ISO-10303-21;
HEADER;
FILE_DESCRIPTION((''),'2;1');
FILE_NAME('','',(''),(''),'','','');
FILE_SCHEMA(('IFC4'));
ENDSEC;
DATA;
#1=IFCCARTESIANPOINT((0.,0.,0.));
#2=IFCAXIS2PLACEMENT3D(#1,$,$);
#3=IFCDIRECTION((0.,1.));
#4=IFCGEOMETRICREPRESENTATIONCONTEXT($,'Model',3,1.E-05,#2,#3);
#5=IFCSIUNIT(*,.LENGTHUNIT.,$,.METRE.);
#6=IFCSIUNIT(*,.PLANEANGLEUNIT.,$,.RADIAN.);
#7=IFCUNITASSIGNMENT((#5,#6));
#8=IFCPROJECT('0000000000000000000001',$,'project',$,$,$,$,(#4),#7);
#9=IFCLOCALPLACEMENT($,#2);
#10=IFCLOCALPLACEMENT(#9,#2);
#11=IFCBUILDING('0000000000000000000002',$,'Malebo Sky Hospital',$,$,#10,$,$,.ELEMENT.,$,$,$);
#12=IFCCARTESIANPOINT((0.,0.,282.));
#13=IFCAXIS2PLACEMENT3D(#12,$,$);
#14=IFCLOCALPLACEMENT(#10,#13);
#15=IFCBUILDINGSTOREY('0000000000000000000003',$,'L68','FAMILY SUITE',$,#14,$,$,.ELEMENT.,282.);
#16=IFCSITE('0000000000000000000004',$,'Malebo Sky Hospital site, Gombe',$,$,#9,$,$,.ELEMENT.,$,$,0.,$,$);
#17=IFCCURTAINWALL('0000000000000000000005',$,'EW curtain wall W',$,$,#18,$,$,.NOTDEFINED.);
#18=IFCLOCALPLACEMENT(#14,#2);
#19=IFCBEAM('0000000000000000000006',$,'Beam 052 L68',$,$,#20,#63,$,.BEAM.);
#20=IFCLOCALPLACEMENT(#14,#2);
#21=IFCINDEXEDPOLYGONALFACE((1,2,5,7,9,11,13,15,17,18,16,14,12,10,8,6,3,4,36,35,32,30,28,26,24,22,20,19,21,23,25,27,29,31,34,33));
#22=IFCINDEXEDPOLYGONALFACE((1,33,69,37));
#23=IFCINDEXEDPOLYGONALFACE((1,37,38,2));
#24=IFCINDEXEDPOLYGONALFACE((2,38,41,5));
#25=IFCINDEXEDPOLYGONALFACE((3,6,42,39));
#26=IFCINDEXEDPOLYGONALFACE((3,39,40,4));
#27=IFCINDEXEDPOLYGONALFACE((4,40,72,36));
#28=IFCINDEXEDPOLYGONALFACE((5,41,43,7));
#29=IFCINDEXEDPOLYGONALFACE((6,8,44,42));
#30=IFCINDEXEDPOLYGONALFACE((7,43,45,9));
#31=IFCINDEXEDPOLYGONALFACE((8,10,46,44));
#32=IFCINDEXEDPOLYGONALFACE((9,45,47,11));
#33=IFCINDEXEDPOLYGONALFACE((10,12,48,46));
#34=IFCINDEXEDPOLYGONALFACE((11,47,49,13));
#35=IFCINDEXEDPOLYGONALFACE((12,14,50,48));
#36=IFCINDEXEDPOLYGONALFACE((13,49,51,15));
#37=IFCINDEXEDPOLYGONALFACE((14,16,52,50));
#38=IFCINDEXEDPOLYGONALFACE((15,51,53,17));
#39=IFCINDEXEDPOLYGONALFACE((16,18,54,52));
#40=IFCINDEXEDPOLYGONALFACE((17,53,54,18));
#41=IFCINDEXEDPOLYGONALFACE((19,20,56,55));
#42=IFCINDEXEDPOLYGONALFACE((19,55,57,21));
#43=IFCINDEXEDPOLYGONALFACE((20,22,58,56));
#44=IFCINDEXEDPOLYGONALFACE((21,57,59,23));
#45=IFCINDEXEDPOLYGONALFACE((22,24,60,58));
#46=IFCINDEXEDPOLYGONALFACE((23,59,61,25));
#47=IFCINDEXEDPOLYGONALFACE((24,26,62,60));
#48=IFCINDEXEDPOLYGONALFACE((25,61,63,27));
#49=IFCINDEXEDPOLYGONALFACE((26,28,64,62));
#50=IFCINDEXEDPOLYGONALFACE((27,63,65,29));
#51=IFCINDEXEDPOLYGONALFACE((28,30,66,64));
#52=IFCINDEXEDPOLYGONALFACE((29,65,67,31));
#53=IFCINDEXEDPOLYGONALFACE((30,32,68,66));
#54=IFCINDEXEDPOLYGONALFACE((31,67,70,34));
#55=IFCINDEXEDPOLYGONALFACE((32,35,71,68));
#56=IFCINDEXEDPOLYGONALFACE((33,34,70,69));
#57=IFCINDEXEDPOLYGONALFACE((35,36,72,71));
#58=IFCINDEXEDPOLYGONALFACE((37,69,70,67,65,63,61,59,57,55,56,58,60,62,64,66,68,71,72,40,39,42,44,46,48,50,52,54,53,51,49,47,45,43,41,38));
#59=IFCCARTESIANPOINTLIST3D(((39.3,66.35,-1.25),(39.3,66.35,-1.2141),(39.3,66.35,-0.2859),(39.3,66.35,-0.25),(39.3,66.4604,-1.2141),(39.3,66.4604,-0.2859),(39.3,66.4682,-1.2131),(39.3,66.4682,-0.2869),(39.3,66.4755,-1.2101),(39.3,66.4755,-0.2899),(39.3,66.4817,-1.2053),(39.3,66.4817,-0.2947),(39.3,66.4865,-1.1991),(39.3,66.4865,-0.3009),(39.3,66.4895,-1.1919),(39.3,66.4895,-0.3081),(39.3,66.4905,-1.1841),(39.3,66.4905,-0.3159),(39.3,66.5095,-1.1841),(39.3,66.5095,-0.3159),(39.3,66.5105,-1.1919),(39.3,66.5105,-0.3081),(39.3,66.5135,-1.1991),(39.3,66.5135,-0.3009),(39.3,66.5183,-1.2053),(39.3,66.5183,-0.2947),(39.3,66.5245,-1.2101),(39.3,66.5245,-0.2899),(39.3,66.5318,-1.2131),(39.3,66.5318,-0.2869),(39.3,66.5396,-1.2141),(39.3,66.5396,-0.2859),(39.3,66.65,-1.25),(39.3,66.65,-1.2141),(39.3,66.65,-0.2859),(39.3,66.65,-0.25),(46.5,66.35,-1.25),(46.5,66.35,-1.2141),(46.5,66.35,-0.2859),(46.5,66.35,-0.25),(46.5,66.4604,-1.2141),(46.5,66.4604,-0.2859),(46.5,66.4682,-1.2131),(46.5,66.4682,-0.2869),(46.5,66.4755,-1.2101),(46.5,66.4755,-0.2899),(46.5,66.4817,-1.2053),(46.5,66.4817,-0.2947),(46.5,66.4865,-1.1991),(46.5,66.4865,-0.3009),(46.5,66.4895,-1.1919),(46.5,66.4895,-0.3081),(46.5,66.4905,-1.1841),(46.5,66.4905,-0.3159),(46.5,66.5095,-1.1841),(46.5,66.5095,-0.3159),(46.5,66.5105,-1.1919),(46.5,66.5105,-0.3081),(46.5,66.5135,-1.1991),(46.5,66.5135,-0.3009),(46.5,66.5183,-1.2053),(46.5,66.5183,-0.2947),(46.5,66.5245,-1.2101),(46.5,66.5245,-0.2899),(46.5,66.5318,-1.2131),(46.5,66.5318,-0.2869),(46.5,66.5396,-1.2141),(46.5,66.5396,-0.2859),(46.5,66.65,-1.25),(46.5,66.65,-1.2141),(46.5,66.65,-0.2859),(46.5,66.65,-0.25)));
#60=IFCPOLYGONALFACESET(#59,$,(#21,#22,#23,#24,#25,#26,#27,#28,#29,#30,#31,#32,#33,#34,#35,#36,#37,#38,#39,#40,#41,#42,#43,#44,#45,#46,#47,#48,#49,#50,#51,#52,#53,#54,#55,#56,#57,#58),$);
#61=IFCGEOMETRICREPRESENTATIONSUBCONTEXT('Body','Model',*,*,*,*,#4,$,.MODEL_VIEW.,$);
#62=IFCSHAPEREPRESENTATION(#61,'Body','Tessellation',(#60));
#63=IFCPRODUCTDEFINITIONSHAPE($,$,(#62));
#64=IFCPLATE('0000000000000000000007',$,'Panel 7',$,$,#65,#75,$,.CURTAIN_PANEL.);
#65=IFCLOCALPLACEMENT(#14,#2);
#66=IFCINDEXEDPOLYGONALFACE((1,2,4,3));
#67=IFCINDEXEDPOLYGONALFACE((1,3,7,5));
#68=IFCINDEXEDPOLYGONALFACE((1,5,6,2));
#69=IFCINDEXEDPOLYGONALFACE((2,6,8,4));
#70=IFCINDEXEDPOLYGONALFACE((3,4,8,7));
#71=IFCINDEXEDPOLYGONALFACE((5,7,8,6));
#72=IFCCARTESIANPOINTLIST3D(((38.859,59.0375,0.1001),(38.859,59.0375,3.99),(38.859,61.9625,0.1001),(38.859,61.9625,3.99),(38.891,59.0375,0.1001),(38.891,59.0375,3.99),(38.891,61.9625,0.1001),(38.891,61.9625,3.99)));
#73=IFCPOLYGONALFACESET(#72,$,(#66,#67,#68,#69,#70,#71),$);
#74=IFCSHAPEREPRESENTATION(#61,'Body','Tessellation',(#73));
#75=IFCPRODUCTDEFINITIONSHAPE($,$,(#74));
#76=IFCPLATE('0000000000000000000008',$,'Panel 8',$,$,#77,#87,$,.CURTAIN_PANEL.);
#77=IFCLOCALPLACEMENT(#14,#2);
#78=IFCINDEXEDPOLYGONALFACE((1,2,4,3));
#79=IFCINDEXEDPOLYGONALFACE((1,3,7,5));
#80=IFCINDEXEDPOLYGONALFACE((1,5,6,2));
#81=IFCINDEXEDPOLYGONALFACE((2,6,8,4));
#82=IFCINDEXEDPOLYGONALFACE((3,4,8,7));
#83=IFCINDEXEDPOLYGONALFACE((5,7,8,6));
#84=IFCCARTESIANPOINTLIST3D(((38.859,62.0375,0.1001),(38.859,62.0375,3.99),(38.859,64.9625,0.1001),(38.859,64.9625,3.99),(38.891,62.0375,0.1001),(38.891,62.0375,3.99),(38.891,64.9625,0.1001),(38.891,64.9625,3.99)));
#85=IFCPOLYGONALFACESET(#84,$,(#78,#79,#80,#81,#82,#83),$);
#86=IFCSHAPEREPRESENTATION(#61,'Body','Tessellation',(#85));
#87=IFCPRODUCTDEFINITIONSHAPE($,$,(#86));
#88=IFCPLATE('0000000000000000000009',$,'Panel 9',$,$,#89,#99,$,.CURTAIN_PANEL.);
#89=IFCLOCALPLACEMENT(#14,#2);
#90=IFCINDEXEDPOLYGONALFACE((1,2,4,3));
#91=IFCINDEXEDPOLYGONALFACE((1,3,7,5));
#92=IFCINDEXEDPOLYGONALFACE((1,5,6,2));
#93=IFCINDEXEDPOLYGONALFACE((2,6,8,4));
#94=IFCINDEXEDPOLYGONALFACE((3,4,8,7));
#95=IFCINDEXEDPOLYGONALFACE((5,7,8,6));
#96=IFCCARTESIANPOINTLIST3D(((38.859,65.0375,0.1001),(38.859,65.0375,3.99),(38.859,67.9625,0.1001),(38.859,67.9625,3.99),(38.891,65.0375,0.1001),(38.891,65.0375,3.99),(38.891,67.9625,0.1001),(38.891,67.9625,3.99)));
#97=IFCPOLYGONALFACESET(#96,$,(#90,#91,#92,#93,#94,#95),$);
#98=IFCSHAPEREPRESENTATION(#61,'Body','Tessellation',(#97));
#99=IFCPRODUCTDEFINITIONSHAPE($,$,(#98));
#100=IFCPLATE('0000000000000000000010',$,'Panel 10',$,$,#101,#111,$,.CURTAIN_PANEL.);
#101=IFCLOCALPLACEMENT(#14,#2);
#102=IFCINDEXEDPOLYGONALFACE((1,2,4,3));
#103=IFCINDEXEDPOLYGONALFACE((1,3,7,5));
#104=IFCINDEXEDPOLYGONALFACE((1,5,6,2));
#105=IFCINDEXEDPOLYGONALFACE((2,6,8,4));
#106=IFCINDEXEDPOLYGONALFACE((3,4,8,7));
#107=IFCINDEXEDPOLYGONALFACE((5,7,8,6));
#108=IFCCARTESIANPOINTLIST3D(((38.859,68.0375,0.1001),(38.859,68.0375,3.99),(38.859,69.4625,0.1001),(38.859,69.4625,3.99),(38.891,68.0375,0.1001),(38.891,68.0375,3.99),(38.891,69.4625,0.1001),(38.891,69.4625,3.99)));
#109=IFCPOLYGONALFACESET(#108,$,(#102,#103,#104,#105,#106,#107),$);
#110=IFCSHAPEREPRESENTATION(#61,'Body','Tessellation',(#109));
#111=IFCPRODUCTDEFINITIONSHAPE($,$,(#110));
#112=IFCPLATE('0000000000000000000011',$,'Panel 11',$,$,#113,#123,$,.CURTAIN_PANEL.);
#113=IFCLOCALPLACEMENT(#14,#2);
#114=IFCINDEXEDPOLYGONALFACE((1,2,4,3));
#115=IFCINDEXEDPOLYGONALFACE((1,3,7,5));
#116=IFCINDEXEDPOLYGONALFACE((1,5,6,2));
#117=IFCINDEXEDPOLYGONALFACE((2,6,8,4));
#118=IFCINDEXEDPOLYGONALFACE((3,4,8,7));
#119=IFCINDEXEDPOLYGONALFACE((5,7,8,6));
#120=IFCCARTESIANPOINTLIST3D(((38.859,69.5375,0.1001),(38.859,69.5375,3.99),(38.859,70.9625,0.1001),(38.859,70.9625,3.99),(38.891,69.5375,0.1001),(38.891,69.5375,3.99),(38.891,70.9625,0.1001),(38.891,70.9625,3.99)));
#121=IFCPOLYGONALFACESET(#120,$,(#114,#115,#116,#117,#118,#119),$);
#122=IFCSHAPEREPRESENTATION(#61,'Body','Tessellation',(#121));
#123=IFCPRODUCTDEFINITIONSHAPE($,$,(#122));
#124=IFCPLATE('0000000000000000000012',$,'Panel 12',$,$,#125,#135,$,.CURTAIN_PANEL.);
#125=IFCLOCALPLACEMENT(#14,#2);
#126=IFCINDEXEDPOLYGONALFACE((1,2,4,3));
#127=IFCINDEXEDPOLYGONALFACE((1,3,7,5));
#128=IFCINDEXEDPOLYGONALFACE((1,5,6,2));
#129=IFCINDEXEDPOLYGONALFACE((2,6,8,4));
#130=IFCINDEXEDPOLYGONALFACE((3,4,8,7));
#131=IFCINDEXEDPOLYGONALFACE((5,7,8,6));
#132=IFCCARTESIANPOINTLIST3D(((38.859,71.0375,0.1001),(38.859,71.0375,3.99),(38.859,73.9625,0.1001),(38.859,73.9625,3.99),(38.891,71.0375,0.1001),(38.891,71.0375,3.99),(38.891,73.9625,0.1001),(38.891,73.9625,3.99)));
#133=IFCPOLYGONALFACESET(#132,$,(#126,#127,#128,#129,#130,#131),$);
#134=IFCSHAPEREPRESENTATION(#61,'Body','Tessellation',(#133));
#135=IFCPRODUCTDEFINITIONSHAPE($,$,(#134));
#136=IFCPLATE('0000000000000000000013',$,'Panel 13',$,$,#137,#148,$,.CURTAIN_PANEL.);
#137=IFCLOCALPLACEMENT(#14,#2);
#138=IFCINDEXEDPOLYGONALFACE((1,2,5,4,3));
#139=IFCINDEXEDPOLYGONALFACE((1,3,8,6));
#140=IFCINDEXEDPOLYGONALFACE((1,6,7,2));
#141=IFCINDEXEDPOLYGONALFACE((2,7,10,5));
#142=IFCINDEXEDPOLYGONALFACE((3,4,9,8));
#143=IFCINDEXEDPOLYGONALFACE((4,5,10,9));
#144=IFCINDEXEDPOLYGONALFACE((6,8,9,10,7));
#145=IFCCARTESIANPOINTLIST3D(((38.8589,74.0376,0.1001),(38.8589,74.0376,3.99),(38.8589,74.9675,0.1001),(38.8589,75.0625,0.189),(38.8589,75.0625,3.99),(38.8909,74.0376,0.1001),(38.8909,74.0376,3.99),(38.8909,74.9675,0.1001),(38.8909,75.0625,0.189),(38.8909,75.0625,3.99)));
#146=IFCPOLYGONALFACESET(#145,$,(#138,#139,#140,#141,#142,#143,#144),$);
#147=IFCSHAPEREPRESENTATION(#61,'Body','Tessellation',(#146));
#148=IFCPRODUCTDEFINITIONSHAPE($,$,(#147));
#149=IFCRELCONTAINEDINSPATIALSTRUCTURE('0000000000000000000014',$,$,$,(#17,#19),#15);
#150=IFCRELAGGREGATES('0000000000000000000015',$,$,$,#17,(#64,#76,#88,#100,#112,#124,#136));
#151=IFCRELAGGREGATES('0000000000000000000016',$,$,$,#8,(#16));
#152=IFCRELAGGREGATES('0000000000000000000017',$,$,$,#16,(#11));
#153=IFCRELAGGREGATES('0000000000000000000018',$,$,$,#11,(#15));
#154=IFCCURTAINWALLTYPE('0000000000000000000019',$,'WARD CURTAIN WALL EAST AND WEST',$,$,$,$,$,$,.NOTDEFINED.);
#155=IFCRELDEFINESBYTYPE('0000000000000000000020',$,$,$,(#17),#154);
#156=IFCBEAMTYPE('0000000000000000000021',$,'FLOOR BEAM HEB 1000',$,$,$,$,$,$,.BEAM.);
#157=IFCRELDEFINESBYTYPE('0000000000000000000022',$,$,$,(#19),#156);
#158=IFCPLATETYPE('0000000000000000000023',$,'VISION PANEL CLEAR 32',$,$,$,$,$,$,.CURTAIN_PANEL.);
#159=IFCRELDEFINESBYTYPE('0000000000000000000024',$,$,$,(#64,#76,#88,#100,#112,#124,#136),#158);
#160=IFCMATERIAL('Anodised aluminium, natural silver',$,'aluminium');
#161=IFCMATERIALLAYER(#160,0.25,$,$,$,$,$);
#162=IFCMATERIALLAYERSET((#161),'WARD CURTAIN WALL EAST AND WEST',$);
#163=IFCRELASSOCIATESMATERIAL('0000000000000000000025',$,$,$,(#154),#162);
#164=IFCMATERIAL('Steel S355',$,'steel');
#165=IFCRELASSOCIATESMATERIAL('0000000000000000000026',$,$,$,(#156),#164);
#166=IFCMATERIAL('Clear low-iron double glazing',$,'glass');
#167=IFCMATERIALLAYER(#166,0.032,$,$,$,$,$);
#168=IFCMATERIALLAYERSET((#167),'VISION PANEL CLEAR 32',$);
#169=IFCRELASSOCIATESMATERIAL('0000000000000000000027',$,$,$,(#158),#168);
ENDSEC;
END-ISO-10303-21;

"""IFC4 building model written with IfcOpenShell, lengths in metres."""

from ifc_helpers import new_model, si_unit, direction, frame, origin, origin_2d, place, context, subcontext, project, spatial, polyline, rectangle, i_section, outline, extrude, material, layer, layer_set, material_profile, profile_set, type_object, element, aggregate, save


model = new_model("IFC4")

# Units and contexts
model_context = context("Model", 3, precision=1e-05, world=origin(), true_north=direction((0.0, 1.0)))
body_context = subcontext(model_context, "Body", "Model", "MODEL_VIEW")
ifc_project = project(units=[si_unit("LENGTHUNIT", "METRE"), si_unit("PLANEANGLEUNIT", "RADIAN")], contexts=[model_context])

# Site, building, storey
site_placement = place(None, origin())
site = spatial("IfcSite", under=ifc_project, at=site_placement, Name="Malebo Sky Hospital site, Gombe", CompositionType="ELEMENT", RefElevation=0.0)
building_placement = place(site_placement, origin())
building = spatial("IfcBuilding", under=site, at=building_placement, Name="Malebo Sky Hospital", CompositionType="ELEMENT")
storey_placement = place(building_placement, frame((0.0, 0.0, 282.0)))
storey = spatial("IfcBuildingStorey", under=building, at=storey_placement, Name="L68", Description="FAMILY SUITE", CompositionType="ELEMENT", Elevation=282.0)

# Curtain wall
ifc_material_1 = material(Name="Anodised aluminium, natural silver", Category="aluminium")
ifc_layer_1 = layer(ifc_material_1, 0.25)
ifc_layer_set_1 = layer_set([ifc_layer_1], Name="WARD CURTAIN WALL EAST AND WEST")
curtain_wall_type = type_object("IfcCurtainWallType", Name="WARD CURTAIN WALL EAST AND WEST", PredefinedType="NOTDEFINED", material=ifc_layer_set_1)
curtain_wall_placement = place(storey_placement, origin())
curtain_wall = element("IfcCurtainWall", 1, at=curtain_wall_placement, inside=storey, type_object=curtain_wall_type, Name="EW curtain wall W", PredefinedType="NOTDEFINED")

# Shared definitions
ifc_material_2 = material(Name="Steel S355", Category="steel")

# Beam
ifc_material_profile_1 = material_profile(ifc_material_2, i_section(OverallWidth=0.3, OverallDepth=1.0, WebThickness=0.019, FlangeThickness=0.0359, FilletRadius=0.03, at=origin_2d()), Name="HEB 1000")
ifc_profile_set_1 = profile_set([ifc_material_profile_1], Name="Steel S355")
beam_type_1 = type_object("IfcBeamType", Name="FLOOR BEAM HEB 1000", PredefinedType="BEAM", material=ifc_profile_set_1)
beam_1_placement = place(storey_placement, frame((39.3, 66.5, -0.75), z_axis=(1.0, 0.0, 0.0), x_axis=(0.0, 1.0, 0.0)))
element("IfcBeam", 2, at=beam_1_placement, inside=storey, type_object=beam_type_1, Name="Beam 052 L68", PredefinedType="BEAM", context=body_context, shape_type="SweptSolid", body=[
    extrude(i_section(OverallWidth=0.3, OverallDepth=1.0, WebThickness=0.019, FlangeThickness=0.0359, FilletRadius=0.03, at=origin_2d()), origin(), (0.0, 0.0, 1.0), 7.2),
])

# Plates
ifc_material_3 = material(Name="Clear low-iron double glazing", Category="glass")
ifc_layer_2 = layer(ifc_material_3, 0.032)
ifc_layer_set_2 = layer_set([ifc_layer_2], Name="VISION PANEL CLEAR 32")
plate_type = type_object("IfcPlateType", Name="VISION PANEL CLEAR 32", PredefinedType="CURTAIN_PANEL", material=ifc_layer_set_2)
plate_1_placement = place(storey_placement, frame((38.875, 60.5, 0.1001), z_axis=(0.0, 0.0, 1.0), x_axis=(0.0, 1.0, 0.0)))
plate_1 = element("IfcPlate", 3, at=plate_1_placement, type_object=plate_type, Name="Panel 7", PredefinedType="CURTAIN_PANEL", context=body_context, shape_type="SweptSolid", body=[
    extrude(rectangle(XDim=2.925, YDim=0.032, at=origin_2d()), origin(), (0.0, 0.0, 1.0), 3.8899),
])
plate_2_placement = place(storey_placement, frame((38.875, 63.5, 0.1001), z_axis=(0.0, 0.0, 1.0), x_axis=(0.0, 1.0, 0.0)))
plate_2 = element("IfcPlate", 4, at=plate_2_placement, type_object=plate_type, Name="Panel 8", PredefinedType="CURTAIN_PANEL", context=body_context, shape_type="SweptSolid", body=[
    extrude(rectangle(XDim=2.925, YDim=0.032, at=origin_2d()), origin(), (0.0, 0.0, 1.0), 3.8899),
])
plate_3_placement = place(storey_placement, frame((38.875, 66.5, 0.1001), z_axis=(0.0, 0.0, 1.0), x_axis=(0.0, 1.0, 0.0)))
plate_3 = element("IfcPlate", 5, at=plate_3_placement, type_object=plate_type, Name="Panel 9", PredefinedType="CURTAIN_PANEL", context=body_context, shape_type="SweptSolid", body=[
    extrude(rectangle(XDim=2.925, YDim=0.032, at=origin_2d()), origin(), (0.0, 0.0, 1.0), 3.8899),
])
plate_4_placement = place(storey_placement, frame((38.875, 68.75, 0.1001), z_axis=(0.0, 0.0, 1.0), x_axis=(0.0, 1.0, 0.0)))
plate_4 = element("IfcPlate", 6, at=plate_4_placement, type_object=plate_type, Name="Panel 10", PredefinedType="CURTAIN_PANEL", context=body_context, shape_type="SweptSolid", body=[
    extrude(rectangle(XDim=1.425, YDim=0.032, at=origin_2d()), origin(), (0.0, 0.0, 1.0), 3.8899),
])
plate_5_placement = place(storey_placement, frame((38.875, 70.25, 0.1001), z_axis=(0.0, 0.0, 1.0), x_axis=(0.0, 1.0, 0.0)))
plate_5 = element("IfcPlate", 7, at=plate_5_placement, type_object=plate_type, Name="Panel 11", PredefinedType="CURTAIN_PANEL", context=body_context, shape_type="SweptSolid", body=[
    extrude(rectangle(XDim=1.425, YDim=0.032, at=origin_2d()), origin(), (0.0, 0.0, 1.0), 3.8899),
])
plate_6_placement = place(storey_placement, frame((38.875, 72.5, 0.1001), z_axis=(0.0, 0.0, 1.0), x_axis=(0.0, 1.0, 0.0)))
plate_6 = element("IfcPlate", 8, at=plate_6_placement, type_object=plate_type, Name="Panel 12", PredefinedType="CURTAIN_PANEL", context=body_context, shape_type="SweptSolid", body=[
    extrude(rectangle(XDim=2.925, YDim=0.032, at=origin_2d()), origin(), (0.0, 0.0, 1.0), 3.8899),
])
plate_7_placement = place(storey_placement, frame((38.875, 74.55, 0.1001), z_axis=(0.0, 0.0, 1.0), x_axis=(0.0, 1.0, 0.0)))
plate_7 = element("IfcPlate", 9, at=plate_7_placement, type_object=plate_type, Name="Panel 13", PredefinedType="CURTAIN_PANEL", context=body_context, shape_type="SweptSolid", body=[
    extrude(outline(polyline([(-0.5125, 0.0), (0.4175, 0.0), (0.5125, 0.0889), (0.5125, 3.8899), (-0.5125, 3.8899), (-0.5125, 0.0)])), frame((0.0, 0.0161, 0.0), z_axis=(0.0, -1.0, 0.0), x_axis=(1.0, 0.0, 0.0)), (0.0, 0.0, 1.0), 0.032),
])
aggregate(curtain_wall, [plate_1, plate_2, plate_3, plate_4, plate_5, plate_6, plate_7])

save(model, "model.ifc")
